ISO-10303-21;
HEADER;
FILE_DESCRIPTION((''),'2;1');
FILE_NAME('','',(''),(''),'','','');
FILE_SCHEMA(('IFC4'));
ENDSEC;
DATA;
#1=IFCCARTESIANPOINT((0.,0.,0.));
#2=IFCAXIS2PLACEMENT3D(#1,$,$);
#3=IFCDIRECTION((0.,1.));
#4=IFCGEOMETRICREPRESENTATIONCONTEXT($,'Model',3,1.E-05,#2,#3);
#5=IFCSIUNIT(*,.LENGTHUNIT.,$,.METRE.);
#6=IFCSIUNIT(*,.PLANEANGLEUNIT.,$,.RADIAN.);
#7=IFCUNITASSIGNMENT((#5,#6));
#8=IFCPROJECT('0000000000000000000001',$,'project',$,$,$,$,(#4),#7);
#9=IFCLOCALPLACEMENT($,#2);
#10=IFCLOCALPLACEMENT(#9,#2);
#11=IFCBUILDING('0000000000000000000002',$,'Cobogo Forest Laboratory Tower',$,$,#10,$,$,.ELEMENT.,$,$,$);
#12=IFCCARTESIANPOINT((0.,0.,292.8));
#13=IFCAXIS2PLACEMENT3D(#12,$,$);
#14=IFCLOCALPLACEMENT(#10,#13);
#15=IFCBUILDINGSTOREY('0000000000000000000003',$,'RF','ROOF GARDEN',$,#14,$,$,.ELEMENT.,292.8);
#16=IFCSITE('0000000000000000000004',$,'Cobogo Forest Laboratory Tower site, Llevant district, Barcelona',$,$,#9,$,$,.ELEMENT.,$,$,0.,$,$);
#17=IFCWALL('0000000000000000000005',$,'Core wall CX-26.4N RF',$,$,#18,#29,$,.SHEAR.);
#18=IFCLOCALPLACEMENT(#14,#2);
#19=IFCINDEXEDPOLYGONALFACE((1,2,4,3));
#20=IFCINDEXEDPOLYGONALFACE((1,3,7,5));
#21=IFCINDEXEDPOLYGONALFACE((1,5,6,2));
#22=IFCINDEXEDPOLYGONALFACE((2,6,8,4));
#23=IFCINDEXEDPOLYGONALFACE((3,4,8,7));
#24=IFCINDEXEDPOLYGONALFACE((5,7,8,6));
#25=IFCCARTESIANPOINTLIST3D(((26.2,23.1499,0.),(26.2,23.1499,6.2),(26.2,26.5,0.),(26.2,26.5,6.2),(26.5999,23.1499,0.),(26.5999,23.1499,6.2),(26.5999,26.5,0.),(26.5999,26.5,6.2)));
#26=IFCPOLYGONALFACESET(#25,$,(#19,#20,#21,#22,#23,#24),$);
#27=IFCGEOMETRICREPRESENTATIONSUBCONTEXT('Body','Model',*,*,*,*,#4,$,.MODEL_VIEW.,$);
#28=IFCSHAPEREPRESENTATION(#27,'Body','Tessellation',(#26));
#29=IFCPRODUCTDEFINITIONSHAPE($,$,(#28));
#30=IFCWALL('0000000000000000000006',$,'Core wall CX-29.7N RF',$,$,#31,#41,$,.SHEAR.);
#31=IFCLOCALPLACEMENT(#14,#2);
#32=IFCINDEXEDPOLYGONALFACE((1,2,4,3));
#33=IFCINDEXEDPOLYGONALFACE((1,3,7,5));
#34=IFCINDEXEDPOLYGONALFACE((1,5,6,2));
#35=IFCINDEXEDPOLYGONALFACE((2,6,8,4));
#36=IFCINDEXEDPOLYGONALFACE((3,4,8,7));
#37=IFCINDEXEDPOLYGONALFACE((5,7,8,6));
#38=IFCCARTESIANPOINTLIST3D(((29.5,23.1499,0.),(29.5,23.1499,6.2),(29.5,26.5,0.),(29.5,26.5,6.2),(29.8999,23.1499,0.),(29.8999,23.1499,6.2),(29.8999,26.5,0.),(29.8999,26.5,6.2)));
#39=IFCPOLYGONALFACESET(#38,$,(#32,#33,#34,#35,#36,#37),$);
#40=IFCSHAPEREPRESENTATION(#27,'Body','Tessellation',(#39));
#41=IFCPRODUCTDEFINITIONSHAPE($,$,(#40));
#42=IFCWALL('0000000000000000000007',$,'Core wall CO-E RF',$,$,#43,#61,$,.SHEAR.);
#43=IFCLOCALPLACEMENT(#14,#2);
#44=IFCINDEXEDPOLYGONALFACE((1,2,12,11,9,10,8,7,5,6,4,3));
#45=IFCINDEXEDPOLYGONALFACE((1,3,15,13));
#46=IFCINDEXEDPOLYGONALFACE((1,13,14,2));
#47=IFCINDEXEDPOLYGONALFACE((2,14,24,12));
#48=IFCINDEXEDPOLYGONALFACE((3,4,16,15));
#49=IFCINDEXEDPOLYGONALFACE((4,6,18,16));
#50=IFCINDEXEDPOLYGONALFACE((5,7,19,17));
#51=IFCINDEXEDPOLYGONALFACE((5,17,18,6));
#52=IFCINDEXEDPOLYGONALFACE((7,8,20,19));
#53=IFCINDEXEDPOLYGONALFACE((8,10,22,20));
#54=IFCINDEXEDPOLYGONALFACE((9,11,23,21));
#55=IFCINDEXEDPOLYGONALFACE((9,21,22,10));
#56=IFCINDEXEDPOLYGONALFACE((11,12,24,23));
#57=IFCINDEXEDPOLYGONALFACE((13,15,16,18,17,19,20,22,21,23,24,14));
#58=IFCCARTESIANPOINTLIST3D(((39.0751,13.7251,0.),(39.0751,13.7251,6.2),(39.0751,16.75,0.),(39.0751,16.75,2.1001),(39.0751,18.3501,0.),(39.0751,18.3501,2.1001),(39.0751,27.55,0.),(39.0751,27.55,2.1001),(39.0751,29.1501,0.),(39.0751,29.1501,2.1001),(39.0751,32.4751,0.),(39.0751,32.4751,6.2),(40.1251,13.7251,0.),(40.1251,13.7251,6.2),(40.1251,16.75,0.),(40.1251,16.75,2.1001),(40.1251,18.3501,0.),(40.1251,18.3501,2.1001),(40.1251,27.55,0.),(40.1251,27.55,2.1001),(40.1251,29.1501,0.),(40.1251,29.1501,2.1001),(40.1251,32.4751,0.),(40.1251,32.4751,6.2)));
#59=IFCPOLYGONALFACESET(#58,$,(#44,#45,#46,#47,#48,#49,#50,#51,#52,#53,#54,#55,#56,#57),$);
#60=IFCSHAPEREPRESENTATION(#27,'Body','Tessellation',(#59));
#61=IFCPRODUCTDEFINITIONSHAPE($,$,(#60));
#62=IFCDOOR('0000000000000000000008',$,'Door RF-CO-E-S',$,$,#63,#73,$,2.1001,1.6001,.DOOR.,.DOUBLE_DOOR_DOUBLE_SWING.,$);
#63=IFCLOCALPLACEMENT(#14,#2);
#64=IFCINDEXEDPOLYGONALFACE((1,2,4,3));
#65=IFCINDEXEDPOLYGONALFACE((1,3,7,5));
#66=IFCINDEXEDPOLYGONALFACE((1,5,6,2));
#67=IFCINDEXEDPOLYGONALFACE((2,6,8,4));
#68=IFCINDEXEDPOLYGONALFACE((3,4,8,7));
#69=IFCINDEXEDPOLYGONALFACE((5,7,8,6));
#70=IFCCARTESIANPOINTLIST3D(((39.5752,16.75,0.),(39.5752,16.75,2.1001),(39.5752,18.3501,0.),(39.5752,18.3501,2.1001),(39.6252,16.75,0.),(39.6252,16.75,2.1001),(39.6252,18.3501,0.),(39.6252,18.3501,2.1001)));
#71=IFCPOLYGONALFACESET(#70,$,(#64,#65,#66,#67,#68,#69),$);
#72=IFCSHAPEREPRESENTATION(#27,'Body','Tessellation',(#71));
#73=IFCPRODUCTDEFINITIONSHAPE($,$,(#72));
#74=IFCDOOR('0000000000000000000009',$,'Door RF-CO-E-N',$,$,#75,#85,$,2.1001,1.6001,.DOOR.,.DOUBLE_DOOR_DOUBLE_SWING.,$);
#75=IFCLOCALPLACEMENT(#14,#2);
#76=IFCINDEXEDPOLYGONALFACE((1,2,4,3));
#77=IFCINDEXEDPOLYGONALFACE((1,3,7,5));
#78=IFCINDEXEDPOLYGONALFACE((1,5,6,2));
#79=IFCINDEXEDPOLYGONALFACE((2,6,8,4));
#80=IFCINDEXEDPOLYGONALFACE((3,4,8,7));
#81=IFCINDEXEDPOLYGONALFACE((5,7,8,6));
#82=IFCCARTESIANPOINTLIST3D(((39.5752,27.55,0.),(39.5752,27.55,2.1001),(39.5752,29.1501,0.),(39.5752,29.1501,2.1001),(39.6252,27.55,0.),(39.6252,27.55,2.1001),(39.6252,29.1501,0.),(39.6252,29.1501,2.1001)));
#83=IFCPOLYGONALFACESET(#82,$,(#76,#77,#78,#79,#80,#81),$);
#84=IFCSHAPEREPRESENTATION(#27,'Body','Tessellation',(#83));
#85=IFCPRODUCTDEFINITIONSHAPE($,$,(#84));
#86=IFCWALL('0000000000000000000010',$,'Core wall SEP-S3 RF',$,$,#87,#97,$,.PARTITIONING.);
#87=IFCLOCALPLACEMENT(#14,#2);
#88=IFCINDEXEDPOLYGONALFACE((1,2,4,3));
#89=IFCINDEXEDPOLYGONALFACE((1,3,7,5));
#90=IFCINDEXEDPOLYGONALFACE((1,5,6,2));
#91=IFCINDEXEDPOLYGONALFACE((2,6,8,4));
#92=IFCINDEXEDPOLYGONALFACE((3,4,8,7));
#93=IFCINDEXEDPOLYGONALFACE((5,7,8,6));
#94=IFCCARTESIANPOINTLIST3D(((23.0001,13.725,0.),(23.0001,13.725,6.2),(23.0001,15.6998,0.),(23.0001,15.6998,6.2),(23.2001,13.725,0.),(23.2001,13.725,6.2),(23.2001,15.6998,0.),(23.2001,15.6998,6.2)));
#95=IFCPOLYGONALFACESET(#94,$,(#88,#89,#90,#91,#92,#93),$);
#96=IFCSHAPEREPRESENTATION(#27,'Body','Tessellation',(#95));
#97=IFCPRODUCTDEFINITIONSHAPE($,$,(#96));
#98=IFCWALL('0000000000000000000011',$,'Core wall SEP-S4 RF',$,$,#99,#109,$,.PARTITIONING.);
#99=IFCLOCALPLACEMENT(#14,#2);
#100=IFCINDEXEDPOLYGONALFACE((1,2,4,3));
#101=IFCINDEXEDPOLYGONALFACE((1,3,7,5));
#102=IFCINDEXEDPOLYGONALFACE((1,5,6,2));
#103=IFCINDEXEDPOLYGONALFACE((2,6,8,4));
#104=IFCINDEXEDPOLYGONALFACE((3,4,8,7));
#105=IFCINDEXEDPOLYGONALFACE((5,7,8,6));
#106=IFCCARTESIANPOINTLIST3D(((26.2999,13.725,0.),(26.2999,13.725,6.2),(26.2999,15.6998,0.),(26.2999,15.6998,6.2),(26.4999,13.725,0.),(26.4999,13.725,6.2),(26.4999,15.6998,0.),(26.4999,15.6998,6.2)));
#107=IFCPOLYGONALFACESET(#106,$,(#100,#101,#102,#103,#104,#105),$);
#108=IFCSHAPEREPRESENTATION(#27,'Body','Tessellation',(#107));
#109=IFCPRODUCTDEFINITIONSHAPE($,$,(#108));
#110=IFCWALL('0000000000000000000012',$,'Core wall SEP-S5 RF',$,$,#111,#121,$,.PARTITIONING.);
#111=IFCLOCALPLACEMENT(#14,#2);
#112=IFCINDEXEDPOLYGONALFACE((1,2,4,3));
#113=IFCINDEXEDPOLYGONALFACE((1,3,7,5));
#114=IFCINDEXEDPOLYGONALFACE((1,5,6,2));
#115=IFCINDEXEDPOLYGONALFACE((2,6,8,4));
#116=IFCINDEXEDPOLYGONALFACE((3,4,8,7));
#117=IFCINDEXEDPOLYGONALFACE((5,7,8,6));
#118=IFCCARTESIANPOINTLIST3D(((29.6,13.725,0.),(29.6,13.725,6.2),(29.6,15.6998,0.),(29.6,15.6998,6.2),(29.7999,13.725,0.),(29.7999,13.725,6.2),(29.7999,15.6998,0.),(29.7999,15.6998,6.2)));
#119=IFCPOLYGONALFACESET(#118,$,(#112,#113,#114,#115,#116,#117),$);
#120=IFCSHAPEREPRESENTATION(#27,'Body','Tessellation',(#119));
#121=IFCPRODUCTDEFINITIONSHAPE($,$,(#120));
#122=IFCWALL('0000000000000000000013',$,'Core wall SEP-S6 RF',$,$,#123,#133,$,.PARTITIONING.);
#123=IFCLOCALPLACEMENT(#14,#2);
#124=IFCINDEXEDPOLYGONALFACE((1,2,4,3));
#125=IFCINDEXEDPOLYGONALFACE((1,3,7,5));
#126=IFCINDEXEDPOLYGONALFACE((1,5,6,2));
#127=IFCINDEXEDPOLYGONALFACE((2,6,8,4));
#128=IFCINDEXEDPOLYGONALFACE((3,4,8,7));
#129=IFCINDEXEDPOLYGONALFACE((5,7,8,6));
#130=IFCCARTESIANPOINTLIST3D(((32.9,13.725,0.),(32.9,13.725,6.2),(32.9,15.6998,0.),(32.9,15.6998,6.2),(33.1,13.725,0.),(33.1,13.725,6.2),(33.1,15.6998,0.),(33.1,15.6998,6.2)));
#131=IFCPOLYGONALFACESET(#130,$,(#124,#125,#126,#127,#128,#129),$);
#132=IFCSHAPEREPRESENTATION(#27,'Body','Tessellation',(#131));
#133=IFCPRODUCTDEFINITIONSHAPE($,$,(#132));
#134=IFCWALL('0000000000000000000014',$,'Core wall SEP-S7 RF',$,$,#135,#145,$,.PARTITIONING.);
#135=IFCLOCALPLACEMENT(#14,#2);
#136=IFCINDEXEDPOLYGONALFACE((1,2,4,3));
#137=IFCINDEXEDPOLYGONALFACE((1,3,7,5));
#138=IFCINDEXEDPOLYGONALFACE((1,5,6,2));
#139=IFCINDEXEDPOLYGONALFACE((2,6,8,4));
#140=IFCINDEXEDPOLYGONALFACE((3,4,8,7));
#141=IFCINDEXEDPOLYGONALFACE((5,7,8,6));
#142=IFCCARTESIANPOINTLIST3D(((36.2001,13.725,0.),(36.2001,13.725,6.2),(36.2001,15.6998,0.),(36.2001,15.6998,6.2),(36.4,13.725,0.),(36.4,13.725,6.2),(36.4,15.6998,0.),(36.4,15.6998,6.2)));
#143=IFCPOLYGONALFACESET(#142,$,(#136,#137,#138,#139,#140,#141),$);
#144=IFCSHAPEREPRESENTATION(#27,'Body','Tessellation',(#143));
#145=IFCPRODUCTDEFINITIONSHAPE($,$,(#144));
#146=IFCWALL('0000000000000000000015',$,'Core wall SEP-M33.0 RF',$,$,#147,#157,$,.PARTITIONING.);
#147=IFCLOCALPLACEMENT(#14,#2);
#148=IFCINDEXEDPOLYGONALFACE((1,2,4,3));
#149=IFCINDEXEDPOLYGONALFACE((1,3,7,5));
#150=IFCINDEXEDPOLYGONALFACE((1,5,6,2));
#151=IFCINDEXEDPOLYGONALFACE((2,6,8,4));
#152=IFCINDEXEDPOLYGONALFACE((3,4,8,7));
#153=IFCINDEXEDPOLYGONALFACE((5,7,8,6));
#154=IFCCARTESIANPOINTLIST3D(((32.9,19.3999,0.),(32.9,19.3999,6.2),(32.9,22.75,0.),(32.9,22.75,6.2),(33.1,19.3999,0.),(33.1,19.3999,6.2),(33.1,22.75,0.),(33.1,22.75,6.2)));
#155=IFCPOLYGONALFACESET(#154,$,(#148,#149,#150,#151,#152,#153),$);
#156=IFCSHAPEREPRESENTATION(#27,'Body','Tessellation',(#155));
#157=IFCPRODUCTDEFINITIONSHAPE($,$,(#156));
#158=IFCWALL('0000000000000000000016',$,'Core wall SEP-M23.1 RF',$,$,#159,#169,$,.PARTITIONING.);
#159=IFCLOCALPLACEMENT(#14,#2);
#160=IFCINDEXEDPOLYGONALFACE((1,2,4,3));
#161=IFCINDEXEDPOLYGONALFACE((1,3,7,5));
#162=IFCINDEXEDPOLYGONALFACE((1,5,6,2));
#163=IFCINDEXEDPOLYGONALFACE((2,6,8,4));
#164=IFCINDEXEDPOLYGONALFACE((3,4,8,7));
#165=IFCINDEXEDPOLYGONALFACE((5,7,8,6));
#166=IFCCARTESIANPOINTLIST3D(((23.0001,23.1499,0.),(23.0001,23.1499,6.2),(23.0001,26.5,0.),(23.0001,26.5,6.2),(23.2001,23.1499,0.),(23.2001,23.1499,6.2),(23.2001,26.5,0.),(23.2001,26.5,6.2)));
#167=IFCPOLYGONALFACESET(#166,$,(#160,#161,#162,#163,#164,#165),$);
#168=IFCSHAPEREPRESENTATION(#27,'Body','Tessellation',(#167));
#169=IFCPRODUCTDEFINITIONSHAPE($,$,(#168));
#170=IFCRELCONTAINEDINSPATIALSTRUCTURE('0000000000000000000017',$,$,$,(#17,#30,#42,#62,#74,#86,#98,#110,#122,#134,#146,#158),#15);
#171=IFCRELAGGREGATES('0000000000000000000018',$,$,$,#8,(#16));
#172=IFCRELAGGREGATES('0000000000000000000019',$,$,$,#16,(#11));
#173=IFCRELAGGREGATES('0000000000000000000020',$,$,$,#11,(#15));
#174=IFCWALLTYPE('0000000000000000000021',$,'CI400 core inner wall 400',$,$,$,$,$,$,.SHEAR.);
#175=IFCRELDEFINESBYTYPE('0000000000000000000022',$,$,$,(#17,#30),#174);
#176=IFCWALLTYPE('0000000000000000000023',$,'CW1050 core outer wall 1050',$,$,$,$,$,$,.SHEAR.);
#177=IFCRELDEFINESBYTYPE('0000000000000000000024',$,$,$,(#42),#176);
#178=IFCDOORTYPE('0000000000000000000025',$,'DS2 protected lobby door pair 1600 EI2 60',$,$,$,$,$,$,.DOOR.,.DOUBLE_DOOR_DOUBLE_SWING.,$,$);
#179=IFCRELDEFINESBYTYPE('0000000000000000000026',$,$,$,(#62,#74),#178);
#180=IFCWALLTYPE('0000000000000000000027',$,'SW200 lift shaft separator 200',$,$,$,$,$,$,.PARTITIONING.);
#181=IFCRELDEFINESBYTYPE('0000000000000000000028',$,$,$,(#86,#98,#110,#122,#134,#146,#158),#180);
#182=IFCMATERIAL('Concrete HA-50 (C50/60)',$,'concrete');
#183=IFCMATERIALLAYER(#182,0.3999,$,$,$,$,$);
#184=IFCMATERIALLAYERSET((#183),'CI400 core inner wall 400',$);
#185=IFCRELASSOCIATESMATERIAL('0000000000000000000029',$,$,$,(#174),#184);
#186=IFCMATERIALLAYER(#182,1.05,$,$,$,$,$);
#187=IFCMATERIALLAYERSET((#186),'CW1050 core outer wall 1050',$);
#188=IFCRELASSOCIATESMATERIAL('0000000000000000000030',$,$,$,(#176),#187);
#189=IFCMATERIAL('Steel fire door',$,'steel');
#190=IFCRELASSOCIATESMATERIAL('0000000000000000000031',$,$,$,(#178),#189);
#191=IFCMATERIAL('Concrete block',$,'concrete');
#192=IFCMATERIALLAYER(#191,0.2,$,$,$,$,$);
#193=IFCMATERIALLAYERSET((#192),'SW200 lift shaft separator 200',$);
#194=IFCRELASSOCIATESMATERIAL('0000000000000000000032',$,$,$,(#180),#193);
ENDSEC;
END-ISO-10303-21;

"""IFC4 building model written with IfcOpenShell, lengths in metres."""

from ifc_helpers import new_model, si_unit, direction, frame, frame_2d, origin, place, context, subcontext, project, spatial, rectangle, extrude, material, layer, layer_set, type_object, element, fill, save


model = new_model("IFC4")

# Units and contexts
model_context = context("Model", 3, precision=1e-05, world=origin(), true_north=direction((0.0, 1.0)))
body_context = subcontext(model_context, "Body", "Model", "MODEL_VIEW")
ifc_project = project(units=[si_unit("LENGTHUNIT", "METRE"), si_unit("PLANEANGLEUNIT", "RADIAN")], contexts=[model_context])

# Site, building, storey
site_placement = place(None, origin())
site = spatial("IfcSite", under=ifc_project, at=site_placement, Name="Cobogo Forest Laboratory Tower site, Llevant district, Barcelona", CompositionType="ELEMENT", RefElevation=0.0)
building_placement = place(site_placement, origin())
building = spatial("IfcBuilding", under=site, at=building_placement, Name="Cobogo Forest Laboratory Tower", CompositionType="ELEMENT")
storey_placement = place(building_placement, frame((0.0, 0.0, 292.8)))
storey = spatial("IfcBuildingStorey", under=building, at=storey_placement, Name="RF", Description="ROOF GARDEN", CompositionType="ELEMENT", Elevation=292.8)

# Walls
ifc_material_1 = material(Name="Concrete HA-50 (C50/60)", Category="concrete")
ifc_layer_1 = layer(ifc_material_1, 0.3999)
ifc_layer_set_1 = layer_set([ifc_layer_1], Name="CI400 core inner wall 400")
wall_type_1 = type_object("IfcWallType", Name="CI400 core inner wall 400", PredefinedType="SHEAR", material=ifc_layer_set_1)
for number, where, z_axis, x_axis, name in (
    (1, (26.3999, 23.1499, 0.0), (0.0, 0.0, 1.0), (0.0, 1.0, 0.0), "Core wall CX-26.4N RF"),
    (2, (29.7, 23.1499, 0.0), (0.0, 0.0, 1.0), (0.0, 1.0, 0.0), "Core wall CX-29.7N RF"),
):
    element("IfcWall", number, at=place(storey_placement, frame(where, z_axis=z_axis, x_axis=x_axis)), inside=storey, type_object=wall_type_1, Name=name, PredefinedType="SHEAR", context=body_context, shape_type="SweptSolid", body=[
        extrude(rectangle(XDim=3.3501, YDim=0.3999, at=frame_2d((1.675, 0.0))), origin(), (0.0, 0.0, 1.0), 6.2),
    ])

# Wall, openings, doors
ifc_layer_2 = layer(ifc_material_1, 1.05)
ifc_layer_set_2 = layer_set([ifc_layer_2], Name="CW1050 core outer wall 1050")
wall_type_2 = type_object("IfcWallType", Name="CW1050 core outer wall 1050", PredefinedType="SHEAR", material=ifc_layer_set_2)
wall_placement = place(storey_placement, frame((39.6001, 13.7251, 0.0), z_axis=(0.0, 0.0, 1.0), x_axis=(0.0, 1.0, 0.0)))
wall = element("IfcWall", 3, at=wall_placement, inside=storey, type_object=wall_type_2, Name="Core wall CO-E RF", PredefinedType="SHEAR", context=body_context, shape_type="SweptSolid", body=[
    extrude(rectangle(XDim=18.75, YDim=1.05, at=frame_2d((9.375, 0.0))), origin(), (0.0, 0.0, 1.0), 6.2),
])
opening_1_placement = place(wall_placement, frame((3.0249, 0.0, 0.0)))
opening_1 = element("IfcOpeningElement", 4, at=opening_1_placement, cuts=wall, PredefinedType="OPENING", context=body_context, shape_type="SweptSolid", body=[
    extrude(rectangle(XDim=1.6001, YDim=2.1001, at=frame_2d((0.8, 1.05))), frame((0.0, 0.5349, 0.0), z_axis=(0.0, -1.0, 0.0), x_axis=(1.0, 0.0, 0.0)), (0.0, 0.0, 1.0), 1.0701),
])
opening_2_placement = place(wall_placement, frame((13.825, 0.0, 0.0)))
opening_2 = element("IfcOpeningElement", 5, at=opening_2_placement, cuts=wall, PredefinedType="OPENING", context=body_context, shape_type="SweptSolid", body=[
    extrude(rectangle(XDim=1.6001, YDim=2.1001, at=frame_2d((0.8, 1.05))), frame((0.0, 0.5349, 0.0), z_axis=(0.0, -1.0, 0.0), x_axis=(1.0, 0.0, 0.0)), (0.0, 0.0, 1.0), 1.0701),
])
ifc_material_2 = material(Name="Steel fire door", Category="steel")
door_type = type_object("IfcDoorType", Name="DS2 protected lobby door pair 1600 EI2 60", OperationType="DOUBLE_DOOR_DOUBLE_SWING", PredefinedType="DOOR", material=ifc_material_2)
door_1_placement = place(opening_1_placement, origin())
door_1 = element("IfcDoor", 6, at=door_1_placement, inside=storey, type_object=door_type, Name="Door RF-CO-E-S", OperationType="DOUBLE_DOOR_DOUBLE_SWING", OverallHeight=2.1001, OverallWidth=1.6001, PredefinedType="DOOR", context=body_context, shape_type="SweptSolid", body=[
    extrude(rectangle(XDim=1.6001, YDim=2.1001, at=frame_2d((0.8, 1.05))), frame((0.0, 0.0249, 0.0), z_axis=(0.0, -1.0, 0.0), x_axis=(1.0, 0.0, 0.0)), (0.0, 0.0, 1.0), 0.05),
])
fill(opening_1, door_1)
door_2_placement = place(opening_2_placement, origin())
door_2 = element("IfcDoor", 7, at=door_2_placement, inside=storey, type_object=door_type, Name="Door RF-CO-E-N", OperationType="DOUBLE_DOOR_DOUBLE_SWING", OverallHeight=2.1001, OverallWidth=1.6001, PredefinedType="DOOR", context=body_context, shape_type="SweptSolid", body=[
    extrude(rectangle(XDim=1.6001, YDim=2.1001, at=frame_2d((0.8, 1.05))), frame((0.0, 0.0249, 0.0), z_axis=(0.0, -1.0, 0.0), x_axis=(1.0, 0.0, 0.0)), (0.0, 0.0, 1.0), 0.05),
])
fill(opening_2, door_2)

# Walls
ifc_material_3 = material(Name="Concrete block", Category="concrete")
ifc_layer_3 = layer(ifc_material_3, 0.2)
ifc_layer_set_3 = layer_set([ifc_layer_3], Name="SW200 lift shaft separator 200")
wall_type_3 = type_object("IfcWallType", Name="SW200 lift shaft separator 200", PredefinedType="PARTITIONING", material=ifc_layer_set_3)
for number, where, z_axis, x_axis, name in (
    (8, (23.1001, 13.7251, 0.0), (0.0, 0.0, 1.0), (0.0, 1.0, 0.0), "Core wall SEP-S3 RF"),
    (9, (26.3999, 13.7251, 0.0), (0.0, 0.0, 1.0), (0.0, 1.0, 0.0), "Core wall SEP-S4 RF"),
    (10, (29.7, 13.7251, 0.0), (0.0, 0.0, 1.0), (0.0, 1.0, 0.0), "Core wall SEP-S5 RF"),
    (11, (33.0, 13.7251, 0.0), (0.0, 0.0, 1.0), (0.0, 1.0, 0.0), "Core wall SEP-S6 RF"),
    (12, (36.3, 13.7251, 0.0), (0.0, 0.0, 1.0), (0.0, 1.0, 0.0), "Core wall SEP-S7 RF"),
):
    element("IfcWall", number, at=place(storey_placement, frame(where, z_axis=z_axis, x_axis=x_axis)), inside=storey, type_object=wall_type_3, Name=name, PredefinedType="PARTITIONING", context=body_context, shape_type="SweptSolid", body=[
        extrude(rectangle(XDim=1.9749, YDim=0.2, at=frame_2d((0.9873, 0.0))), origin(), (0.0, 0.0, 1.0), 6.2),
    ])
for number, where, z_axis, x_axis, name in (
    (13, (33.0, 19.3999, 0.0), (0.0, 0.0, 1.0), (0.0, 1.0, 0.0), "Core wall SEP-M33.0 RF"),
    (14, (23.1001, 23.1499, 0.0), (0.0, 0.0, 1.0), (0.0, 1.0, 0.0), "Core wall SEP-M23.1 RF"),
):
    element("IfcWall", number, at=place(storey_placement, frame(where, z_axis=z_axis, x_axis=x_axis)), inside=storey, type_object=wall_type_3, Name=name, PredefinedType="PARTITIONING", context=body_context, shape_type="SweptSolid", body=[
        extrude(rectangle(XDim=3.3501, YDim=0.2, at=frame_2d((1.675, 0.0))), origin(), (0.0, 0.0, 1.0), 6.2),
    ])

save(model, "model.ifc")
